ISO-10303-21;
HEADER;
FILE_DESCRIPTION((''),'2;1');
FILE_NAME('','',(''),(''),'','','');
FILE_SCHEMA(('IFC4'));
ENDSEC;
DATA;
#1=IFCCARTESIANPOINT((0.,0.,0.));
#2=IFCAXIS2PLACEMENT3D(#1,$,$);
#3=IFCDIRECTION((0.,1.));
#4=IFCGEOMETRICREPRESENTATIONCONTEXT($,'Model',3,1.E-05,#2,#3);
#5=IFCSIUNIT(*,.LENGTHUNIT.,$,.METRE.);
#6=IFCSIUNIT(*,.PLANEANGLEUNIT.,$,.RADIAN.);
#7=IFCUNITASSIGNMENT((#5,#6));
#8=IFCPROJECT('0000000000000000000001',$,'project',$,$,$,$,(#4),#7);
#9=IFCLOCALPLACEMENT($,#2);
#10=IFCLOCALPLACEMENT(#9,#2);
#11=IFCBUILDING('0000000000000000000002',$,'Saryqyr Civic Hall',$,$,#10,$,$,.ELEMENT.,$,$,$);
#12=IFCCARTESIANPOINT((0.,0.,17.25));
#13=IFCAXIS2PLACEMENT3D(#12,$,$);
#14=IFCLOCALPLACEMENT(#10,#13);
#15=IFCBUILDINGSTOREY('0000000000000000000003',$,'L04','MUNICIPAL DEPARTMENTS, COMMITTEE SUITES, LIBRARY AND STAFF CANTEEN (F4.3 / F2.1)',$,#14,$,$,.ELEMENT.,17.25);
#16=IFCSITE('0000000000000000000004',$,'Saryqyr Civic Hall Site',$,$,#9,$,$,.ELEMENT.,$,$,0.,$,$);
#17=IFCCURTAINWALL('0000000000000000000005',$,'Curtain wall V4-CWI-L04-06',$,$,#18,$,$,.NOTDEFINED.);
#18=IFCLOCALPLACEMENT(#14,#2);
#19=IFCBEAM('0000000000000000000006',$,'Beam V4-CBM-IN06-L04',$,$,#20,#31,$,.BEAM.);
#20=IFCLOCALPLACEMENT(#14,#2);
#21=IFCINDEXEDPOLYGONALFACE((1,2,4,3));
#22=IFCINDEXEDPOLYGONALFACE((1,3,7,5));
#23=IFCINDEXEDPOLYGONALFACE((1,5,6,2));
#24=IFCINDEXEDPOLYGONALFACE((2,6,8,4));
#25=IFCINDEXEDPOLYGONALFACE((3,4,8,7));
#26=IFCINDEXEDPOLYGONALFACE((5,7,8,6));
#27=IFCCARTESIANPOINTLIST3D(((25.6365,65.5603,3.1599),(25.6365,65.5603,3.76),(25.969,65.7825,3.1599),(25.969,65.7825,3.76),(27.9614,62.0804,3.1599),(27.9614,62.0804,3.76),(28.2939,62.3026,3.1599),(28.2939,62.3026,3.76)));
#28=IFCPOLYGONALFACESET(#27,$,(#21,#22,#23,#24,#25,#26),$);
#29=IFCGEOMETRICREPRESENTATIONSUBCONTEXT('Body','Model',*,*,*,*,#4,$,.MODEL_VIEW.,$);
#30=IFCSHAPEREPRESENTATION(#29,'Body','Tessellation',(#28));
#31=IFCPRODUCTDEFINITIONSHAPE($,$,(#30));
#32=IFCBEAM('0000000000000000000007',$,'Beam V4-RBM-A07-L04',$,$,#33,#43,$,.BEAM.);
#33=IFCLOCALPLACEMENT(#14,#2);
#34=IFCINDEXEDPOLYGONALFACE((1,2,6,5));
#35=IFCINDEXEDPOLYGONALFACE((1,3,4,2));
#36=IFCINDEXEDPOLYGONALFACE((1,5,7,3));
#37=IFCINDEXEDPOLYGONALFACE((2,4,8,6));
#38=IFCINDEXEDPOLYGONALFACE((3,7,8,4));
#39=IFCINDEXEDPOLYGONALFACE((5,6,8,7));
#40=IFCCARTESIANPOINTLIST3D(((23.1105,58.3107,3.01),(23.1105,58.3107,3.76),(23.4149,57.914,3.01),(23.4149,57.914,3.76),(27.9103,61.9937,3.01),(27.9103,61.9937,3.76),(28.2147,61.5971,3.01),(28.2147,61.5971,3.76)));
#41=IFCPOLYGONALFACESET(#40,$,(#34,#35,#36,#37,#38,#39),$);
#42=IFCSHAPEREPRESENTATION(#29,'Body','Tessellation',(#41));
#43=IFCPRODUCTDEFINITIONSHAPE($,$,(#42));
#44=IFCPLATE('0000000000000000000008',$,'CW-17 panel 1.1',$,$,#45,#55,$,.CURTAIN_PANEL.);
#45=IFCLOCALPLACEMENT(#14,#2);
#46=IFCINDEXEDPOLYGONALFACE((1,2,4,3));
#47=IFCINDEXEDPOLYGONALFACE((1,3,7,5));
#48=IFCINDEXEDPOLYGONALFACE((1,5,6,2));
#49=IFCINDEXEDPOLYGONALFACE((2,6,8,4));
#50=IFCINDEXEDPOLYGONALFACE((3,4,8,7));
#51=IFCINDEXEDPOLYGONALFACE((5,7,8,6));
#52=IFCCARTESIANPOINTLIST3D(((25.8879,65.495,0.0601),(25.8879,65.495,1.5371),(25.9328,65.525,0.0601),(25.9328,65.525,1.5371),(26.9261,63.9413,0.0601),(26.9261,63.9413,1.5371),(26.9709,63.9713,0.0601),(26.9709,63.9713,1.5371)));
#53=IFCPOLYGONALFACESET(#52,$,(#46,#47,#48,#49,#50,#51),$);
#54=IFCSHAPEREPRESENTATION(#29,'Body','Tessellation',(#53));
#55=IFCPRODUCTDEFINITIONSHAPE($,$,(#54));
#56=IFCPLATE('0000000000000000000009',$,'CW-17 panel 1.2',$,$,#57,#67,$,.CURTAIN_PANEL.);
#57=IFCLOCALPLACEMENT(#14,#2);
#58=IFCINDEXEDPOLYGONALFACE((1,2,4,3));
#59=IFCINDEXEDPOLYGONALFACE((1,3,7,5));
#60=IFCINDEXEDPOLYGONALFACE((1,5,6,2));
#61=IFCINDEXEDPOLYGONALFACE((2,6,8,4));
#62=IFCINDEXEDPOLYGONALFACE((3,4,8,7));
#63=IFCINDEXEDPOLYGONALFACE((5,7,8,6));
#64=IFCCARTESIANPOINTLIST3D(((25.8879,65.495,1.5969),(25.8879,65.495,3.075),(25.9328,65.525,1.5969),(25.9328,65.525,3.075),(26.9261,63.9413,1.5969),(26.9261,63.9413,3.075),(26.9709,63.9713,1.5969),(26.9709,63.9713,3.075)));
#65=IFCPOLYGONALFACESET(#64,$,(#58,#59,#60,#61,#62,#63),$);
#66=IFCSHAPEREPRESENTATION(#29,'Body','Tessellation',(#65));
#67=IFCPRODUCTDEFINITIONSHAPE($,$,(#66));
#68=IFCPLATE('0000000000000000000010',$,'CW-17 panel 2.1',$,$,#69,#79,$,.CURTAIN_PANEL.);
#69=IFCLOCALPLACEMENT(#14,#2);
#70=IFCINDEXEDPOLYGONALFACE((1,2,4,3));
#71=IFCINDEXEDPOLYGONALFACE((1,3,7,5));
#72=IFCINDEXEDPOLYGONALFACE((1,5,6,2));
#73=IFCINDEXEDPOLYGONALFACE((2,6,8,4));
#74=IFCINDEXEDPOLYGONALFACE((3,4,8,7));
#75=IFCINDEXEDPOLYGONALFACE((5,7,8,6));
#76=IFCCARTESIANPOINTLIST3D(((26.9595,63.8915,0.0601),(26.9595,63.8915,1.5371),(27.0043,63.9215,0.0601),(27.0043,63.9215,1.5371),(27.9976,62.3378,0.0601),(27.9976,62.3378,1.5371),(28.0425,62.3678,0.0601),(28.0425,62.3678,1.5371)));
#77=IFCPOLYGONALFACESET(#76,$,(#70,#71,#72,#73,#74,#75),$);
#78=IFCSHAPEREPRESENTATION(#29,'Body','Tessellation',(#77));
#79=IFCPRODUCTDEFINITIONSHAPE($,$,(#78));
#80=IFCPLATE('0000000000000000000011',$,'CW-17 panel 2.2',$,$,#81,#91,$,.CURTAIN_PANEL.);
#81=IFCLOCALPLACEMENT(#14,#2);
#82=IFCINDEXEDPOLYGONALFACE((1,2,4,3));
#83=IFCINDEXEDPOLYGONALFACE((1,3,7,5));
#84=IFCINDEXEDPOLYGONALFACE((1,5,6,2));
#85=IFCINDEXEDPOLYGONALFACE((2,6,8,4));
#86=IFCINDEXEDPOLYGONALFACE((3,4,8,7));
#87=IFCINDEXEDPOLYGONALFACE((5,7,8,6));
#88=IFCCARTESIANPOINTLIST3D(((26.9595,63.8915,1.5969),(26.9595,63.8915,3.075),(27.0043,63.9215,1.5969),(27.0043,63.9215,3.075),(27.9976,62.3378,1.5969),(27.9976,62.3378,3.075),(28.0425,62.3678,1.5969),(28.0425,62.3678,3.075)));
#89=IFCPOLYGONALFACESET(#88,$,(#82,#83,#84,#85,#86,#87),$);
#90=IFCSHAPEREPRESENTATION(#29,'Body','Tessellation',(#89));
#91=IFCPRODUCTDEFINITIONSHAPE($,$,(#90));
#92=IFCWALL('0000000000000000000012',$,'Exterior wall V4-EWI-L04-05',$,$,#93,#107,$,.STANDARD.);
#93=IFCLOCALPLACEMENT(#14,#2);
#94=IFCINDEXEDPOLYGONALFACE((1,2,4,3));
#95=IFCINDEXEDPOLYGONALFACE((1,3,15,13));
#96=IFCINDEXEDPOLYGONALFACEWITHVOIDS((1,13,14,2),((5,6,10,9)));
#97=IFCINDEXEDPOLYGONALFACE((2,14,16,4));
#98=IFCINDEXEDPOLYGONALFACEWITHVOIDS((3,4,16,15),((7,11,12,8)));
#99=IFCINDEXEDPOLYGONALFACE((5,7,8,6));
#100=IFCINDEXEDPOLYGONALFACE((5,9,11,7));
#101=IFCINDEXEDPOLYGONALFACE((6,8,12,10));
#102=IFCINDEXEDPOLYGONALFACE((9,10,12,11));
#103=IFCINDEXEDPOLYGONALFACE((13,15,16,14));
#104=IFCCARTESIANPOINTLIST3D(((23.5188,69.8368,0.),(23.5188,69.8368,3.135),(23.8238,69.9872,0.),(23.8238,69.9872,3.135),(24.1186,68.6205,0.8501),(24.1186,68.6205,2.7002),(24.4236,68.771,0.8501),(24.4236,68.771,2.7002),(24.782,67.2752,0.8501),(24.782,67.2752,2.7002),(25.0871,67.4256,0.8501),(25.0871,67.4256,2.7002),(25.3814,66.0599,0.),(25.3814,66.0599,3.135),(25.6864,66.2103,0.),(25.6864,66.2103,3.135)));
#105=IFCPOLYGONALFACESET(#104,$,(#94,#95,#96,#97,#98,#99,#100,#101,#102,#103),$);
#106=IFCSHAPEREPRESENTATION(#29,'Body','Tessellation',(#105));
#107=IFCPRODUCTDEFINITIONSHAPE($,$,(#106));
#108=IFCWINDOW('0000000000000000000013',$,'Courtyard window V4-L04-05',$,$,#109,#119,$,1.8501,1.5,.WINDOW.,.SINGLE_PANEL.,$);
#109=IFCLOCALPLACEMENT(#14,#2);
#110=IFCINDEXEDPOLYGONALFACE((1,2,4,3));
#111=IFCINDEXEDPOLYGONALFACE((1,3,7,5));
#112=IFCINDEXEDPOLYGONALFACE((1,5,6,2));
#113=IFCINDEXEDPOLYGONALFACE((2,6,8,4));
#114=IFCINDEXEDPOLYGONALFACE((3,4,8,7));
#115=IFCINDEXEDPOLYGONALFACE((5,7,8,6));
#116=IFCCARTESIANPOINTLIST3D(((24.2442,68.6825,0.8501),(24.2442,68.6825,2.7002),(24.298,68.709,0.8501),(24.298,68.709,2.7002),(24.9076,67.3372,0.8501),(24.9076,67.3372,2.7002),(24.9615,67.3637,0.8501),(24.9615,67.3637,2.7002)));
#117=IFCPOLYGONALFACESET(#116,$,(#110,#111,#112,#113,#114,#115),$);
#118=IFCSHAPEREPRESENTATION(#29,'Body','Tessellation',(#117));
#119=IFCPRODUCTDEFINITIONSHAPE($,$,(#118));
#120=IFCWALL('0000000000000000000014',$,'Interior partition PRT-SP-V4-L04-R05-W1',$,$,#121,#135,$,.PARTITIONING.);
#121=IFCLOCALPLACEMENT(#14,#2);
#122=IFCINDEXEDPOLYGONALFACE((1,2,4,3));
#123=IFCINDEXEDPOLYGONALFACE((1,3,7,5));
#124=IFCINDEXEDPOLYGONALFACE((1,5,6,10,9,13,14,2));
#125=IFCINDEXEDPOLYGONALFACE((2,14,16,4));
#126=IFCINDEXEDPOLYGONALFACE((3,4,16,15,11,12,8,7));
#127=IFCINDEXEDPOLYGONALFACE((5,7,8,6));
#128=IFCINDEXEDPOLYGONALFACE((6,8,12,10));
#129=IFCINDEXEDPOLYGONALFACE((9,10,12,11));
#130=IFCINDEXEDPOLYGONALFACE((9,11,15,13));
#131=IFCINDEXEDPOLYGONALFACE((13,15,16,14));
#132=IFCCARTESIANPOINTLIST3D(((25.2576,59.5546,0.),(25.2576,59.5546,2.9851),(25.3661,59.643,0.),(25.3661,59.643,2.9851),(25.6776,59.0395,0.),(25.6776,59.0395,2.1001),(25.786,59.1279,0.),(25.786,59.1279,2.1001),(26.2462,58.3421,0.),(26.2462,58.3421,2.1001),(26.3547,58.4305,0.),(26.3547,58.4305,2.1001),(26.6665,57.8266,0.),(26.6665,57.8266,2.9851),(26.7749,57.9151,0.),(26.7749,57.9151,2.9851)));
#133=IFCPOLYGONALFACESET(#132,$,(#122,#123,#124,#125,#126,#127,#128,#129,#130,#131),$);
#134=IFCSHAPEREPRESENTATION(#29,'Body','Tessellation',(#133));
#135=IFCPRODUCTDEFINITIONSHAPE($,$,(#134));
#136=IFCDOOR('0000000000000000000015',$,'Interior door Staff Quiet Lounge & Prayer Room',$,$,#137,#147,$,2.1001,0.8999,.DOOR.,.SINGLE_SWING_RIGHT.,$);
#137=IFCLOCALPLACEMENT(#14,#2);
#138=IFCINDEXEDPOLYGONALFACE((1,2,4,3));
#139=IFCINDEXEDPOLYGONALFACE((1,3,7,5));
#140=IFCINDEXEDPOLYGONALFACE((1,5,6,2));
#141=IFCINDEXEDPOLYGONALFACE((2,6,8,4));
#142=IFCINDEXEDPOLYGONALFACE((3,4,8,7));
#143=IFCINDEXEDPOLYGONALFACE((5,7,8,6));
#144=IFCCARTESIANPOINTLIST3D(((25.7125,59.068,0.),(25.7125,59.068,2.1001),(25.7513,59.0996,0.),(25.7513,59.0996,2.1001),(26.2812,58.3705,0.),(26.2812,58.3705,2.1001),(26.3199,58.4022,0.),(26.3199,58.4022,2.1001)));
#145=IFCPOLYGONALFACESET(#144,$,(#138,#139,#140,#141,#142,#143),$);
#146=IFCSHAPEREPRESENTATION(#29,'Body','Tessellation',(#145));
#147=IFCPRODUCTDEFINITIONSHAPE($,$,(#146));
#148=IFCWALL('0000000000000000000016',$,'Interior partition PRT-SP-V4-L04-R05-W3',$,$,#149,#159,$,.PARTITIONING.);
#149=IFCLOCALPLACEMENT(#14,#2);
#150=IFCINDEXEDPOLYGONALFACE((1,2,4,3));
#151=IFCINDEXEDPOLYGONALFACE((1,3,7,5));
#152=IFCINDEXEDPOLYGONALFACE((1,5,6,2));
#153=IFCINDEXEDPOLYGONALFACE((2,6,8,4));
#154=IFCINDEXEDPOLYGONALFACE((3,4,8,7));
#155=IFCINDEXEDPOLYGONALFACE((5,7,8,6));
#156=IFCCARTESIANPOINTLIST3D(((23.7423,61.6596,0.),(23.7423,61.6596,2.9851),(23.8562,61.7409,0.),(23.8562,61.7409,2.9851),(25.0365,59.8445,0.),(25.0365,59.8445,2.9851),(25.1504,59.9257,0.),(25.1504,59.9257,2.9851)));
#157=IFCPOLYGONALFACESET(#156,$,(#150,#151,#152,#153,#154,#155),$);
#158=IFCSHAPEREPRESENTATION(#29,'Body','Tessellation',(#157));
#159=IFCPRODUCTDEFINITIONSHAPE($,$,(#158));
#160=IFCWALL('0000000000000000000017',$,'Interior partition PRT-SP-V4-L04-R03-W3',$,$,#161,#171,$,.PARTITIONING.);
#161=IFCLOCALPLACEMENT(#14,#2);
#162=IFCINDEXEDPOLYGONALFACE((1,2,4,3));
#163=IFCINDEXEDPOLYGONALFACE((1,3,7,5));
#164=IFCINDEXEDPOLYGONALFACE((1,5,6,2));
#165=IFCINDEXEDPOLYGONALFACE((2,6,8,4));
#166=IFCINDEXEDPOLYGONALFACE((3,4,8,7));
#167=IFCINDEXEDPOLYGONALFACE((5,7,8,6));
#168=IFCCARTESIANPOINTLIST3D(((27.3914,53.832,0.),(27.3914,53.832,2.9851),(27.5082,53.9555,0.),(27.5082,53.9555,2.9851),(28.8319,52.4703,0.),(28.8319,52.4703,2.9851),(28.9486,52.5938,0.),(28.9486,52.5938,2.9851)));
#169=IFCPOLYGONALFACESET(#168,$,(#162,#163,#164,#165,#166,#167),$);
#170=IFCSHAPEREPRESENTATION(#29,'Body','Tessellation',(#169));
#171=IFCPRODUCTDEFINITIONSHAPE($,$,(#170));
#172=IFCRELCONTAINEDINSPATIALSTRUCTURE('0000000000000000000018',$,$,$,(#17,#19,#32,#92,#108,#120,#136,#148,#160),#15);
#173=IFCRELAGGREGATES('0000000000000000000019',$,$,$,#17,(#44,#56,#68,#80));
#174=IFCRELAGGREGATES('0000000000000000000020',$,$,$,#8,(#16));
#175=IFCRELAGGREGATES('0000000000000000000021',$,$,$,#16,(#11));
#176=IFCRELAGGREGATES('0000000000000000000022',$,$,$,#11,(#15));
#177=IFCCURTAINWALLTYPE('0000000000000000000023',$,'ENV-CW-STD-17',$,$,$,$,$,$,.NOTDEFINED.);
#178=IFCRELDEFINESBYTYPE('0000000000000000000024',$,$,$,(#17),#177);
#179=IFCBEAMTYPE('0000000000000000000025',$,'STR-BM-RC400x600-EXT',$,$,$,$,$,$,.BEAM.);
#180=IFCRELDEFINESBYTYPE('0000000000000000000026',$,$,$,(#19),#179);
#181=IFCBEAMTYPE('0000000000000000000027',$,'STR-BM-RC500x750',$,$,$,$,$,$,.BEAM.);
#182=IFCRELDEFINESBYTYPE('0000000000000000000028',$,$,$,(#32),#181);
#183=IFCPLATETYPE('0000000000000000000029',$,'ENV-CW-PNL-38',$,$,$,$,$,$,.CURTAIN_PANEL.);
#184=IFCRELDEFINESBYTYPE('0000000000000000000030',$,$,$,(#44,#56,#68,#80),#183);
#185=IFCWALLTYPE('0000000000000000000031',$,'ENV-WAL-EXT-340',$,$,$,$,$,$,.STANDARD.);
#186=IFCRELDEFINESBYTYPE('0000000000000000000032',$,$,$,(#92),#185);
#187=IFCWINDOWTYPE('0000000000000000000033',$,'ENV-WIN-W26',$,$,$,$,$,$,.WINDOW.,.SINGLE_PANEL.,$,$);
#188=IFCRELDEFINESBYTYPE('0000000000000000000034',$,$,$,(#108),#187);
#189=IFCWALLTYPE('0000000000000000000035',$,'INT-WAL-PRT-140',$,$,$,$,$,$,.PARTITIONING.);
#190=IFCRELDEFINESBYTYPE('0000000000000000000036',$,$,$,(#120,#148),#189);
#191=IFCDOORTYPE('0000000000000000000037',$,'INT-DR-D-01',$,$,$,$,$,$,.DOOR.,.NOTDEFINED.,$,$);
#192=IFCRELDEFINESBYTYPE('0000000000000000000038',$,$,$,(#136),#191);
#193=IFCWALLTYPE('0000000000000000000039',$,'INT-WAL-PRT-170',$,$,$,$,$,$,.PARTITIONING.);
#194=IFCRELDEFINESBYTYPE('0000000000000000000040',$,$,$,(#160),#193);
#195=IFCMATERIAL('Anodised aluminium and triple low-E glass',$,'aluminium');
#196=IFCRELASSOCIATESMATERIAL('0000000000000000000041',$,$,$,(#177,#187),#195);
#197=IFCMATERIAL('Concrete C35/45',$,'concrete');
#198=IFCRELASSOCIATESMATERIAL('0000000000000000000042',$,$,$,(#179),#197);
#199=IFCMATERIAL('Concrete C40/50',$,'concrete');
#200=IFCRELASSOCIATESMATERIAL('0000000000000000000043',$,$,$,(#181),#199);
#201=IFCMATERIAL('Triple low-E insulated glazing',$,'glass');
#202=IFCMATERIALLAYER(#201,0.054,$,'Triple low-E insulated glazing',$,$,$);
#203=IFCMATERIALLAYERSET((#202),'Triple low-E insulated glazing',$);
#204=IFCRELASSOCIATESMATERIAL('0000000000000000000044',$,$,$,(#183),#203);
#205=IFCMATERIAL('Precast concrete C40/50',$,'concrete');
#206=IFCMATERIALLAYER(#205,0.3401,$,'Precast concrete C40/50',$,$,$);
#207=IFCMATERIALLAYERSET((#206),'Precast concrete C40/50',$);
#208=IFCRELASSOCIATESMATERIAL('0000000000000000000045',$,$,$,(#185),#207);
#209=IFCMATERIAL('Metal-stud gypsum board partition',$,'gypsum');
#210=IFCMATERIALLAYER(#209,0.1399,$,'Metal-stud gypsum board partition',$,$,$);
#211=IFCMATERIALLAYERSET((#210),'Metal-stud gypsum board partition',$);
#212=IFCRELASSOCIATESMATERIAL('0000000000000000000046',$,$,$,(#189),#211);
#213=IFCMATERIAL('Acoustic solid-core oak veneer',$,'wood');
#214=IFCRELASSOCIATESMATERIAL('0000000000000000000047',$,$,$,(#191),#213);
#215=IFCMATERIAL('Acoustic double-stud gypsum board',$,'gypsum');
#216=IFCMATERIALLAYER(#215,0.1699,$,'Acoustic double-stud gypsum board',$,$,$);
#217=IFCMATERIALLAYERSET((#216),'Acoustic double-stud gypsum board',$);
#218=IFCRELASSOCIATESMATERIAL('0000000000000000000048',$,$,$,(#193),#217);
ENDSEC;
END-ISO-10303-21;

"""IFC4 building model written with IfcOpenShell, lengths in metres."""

from ifc_helpers import new_model, si_unit, direction, frame, frame_2d, origin, origin_2d, place, context, subcontext, project, spatial, rectangle, extrude, material, layer, layer_set, material_profile, profile_set, type_object, element, fill, aggregate, save


model = new_model("IFC4")

# Units and contexts
model_context = context("Model", 3, precision=1e-05, world=origin(), true_north=direction((0.0, 1.0)))
body_context = subcontext(model_context, "Body", "Model", "MODEL_VIEW")
ifc_project = project(units=[si_unit("LENGTHUNIT", "METRE"), si_unit("PLANEANGLEUNIT", "RADIAN")], contexts=[model_context])

# Site, building, storey
site_placement = place(None, origin())
site = spatial("IfcSite", under=ifc_project, at=site_placement, Name="Saryqyr Civic Hall Site", CompositionType="ELEMENT", RefElevation=0.0)
building_placement = place(site_placement, origin())
building = spatial("IfcBuilding", under=site, at=building_placement, Name="Saryqyr Civic Hall", CompositionType="ELEMENT")
storey_placement = place(building_placement, frame((0.0, 0.0, 17.25)))
storey = spatial("IfcBuildingStorey", under=building, at=storey_placement, Name="L04", Description="MUNICIPAL DEPARTMENTS, COMMITTEE SUITES, LIBRARY AND STAFF CANTEEN (F4.3 / F2.1)", CompositionType="ELEMENT", Elevation=17.25)

# Shared definitions
ifc_material_1 = material(Name="Concrete C40/50", Category="concrete")

# Curtain wall
ifc_material_2 = material(Name="Anodised aluminium and triple low-E glass", Category="aluminium")
curtain_wall_type = type_object("IfcCurtainWallType", Name="ENV-CW-STD-17", PredefinedType="NOTDEFINED", material=ifc_material_2)
curtain_wall_placement = place(storey_placement, origin())
curtain_wall = element("IfcCurtainWall", 1, at=curtain_wall_placement, inside=storey, type_object=curtain_wall_type, Name="Curtain wall V4-CWI-L04-06", PredefinedType="NOTDEFINED")

# Beams
ifc_material_3 = material(Name="Concrete C35/45", Category="concrete")
ifc_material_profile_1 = material_profile(ifc_material_3, rectangle(XDim=0.3999, YDim=0.6001, at=origin_2d()), Name="RC 400x600")
ifc_profile_set_1 = profile_set([ifc_material_profile_1], Name="Concrete C35/45")
beam_type_1 = type_object("IfcBeamType", Name="STR-BM-RC400x600-EXT", PredefinedType="BEAM", material=ifc_profile_set_1)
beam_1_placement = place(storey_placement, frame((25.8027, 65.6714, 3.46), z_axis=(0.555521, -0.831502, 0.0), x_axis=(0.831502, 0.555521, 0.0)))
element("IfcBeam", 2, at=beam_1_placement, inside=storey, type_object=beam_type_1, Name="Beam V4-CBM-IN06-L04", PredefinedType="BEAM", context=body_context, shape_type="SweptSolid", body=[
    extrude(rectangle(XDim=0.3999, YDim=0.6001, at=origin_2d()), origin(), (0.0, 0.0, 1.0), 4.1851),
])
ifc_material_profile_2 = material_profile(ifc_material_1, rectangle(XDim=0.5, YDim=0.75, at=origin_2d()), Name="RC 500x750")
ifc_profile_set_2 = profile_set([ifc_material_profile_2], Name="Concrete C40/50")
beam_type_2 = type_object("IfcBeamType", Name="STR-BM-RC500x750", PredefinedType="BEAM", material=ifc_profile_set_2)
beam_2_placement = place(storey_placement, frame((28.0625, 61.7954, 3.385), z_axis=(-0.793346, -0.60877, 0.0), x_axis=(0.60877, -0.793346, 0.0)))
element("IfcBeam", 3, at=beam_2_placement, inside=storey, type_object=beam_type_2, Name="Beam V4-RBM-A07-L04", PredefinedType="BEAM", context=body_context, shape_type="SweptSolid", body=[
    extrude(rectangle(XDim=0.5, YDim=0.75, at=origin_2d()), origin(), (0.0, 0.0, 1.0), 6.05),
])

# Plates
ifc_material_4 = material(Name="Triple low-E insulated glazing", Category="glass")
ifc_layer_1 = layer(ifc_material_4, 0.054, Name="Triple low-E insulated glazing")
ifc_layer_set_1 = layer_set([ifc_layer_1], Name="Triple low-E insulated glazing")
plate_type = type_object("IfcPlateType", Name="ENV-CW-PNL-38", PredefinedType="CURTAIN_PANEL", material=ifc_layer_set_1)
plate_1_placement = place(storey_placement, frame((26.4294, 64.7332, 0.0601), z_axis=(0.0, 0.0, 1.0), x_axis=(0.555554, -0.83148, 0.0)))
plate_1 = element("IfcPlate", 4, at=plate_1_placement, type_object=plate_type, Name="CW-17 panel 1.1", PredefinedType="CURTAIN_PANEL", context=body_context, shape_type="SweptSolid", body=[
    extrude(rectangle(XDim=1.8687, YDim=0.054, at=origin_2d()), origin(), (0.0, 0.0, 1.0), 1.4771),
])
plate_2_placement = place(storey_placement, frame((26.4294, 64.7332, 1.5969), z_axis=(0.0, 0.0, 1.0), x_axis=(0.555554, -0.83148, 0.0)))
plate_2 = element("IfcPlate", 5, at=plate_2_placement, type_object=plate_type, Name="CW-17 panel 1.2", PredefinedType="CURTAIN_PANEL", context=body_context, shape_type="SweptSolid", body=[
    extrude(rectangle(XDim=1.8687, YDim=0.054, at=origin_2d()), origin(), (0.0, 0.0, 1.0), 1.478),
])
plate_3_placement = place(storey_placement, frame((27.501, 63.1296, 0.0601), z_axis=(0.0, 0.0, 1.0), x_axis=(0.555554, -0.83148, 0.0)))
plate_3 = element("IfcPlate", 6, at=plate_3_placement, type_object=plate_type, Name="CW-17 panel 2.1", PredefinedType="CURTAIN_PANEL", context=body_context, shape_type="SweptSolid", body=[
    extrude(rectangle(XDim=1.8687, YDim=0.054, at=origin_2d()), origin(), (0.0, 0.0, 1.0), 1.4771),
])
plate_4_placement = place(storey_placement, frame((27.501, 63.1296, 1.5969), z_axis=(0.0, 0.0, 1.0), x_axis=(0.555554, -0.83148, 0.0)))
plate_4 = element("IfcPlate", 7, at=plate_4_placement, type_object=plate_type, Name="CW-17 panel 2.2", PredefinedType="CURTAIN_PANEL", context=body_context, shape_type="SweptSolid", body=[
    extrude(rectangle(XDim=1.8687, YDim=0.054, at=origin_2d()), origin(), (0.0, 0.0, 1.0), 1.478),
])
aggregate(curtain_wall, [plate_1, plate_2, plate_3, plate_4])

# Wall, opening, window
ifc_material_5 = material(Name="Precast concrete C40/50", Category="concrete")
ifc_layer_2 = layer(ifc_material_5, 0.3401, Name="Precast concrete C40/50")
ifc_layer_set_2 = layer_set([ifc_layer_2], Name="Precast concrete C40/50")
wall_type_1 = type_object("IfcWallType", Name="ENV-WAL-EXT-340", PredefinedType="STANDARD", material=ifc_layer_set_2)
wall_1_placement = place(storey_placement, frame((23.6714, 69.9119, 0.0), z_axis=(0.0, 0.0, 1.0), x_axis=(0.442291, -0.896872, 0.0)))
wall_1 = element("IfcWall", 8, at=wall_1_placement, inside=storey, type_object=wall_type_1, Name="Exterior wall V4-EWI-L04-05", PredefinedType="STANDARD", context=body_context, shape_type="SweptSolid", body=[
    extrude(rectangle(XDim=4.2112, YDim=0.3401, at=frame_2d((2.1055, 0.0))), origin(), (0.0, 0.0, 1.0), 3.135),
])
opening_1_placement = place(wall_1_placement, frame((1.356, 0.0, 0.8501)))
opening_1 = element("IfcOpeningElement", 9, at=opening_1_placement, cuts=wall_1, PredefinedType="OPENING", context=body_context, shape_type="SweptSolid", body=[
    extrude(rectangle(XDim=1.5, YDim=1.8501, at=frame_2d((0.75, 0.925))), frame((0.0, 0.1799, 0.0), z_axis=(0.0, -1.0, 0.0), x_axis=(1.0, 0.0, 0.0)), (0.0, 0.0, 1.0), 0.3601),
])
window_type = type_object("IfcWindowType", Name="ENV-WIN-W26", PartitioningType="SINGLE_PANEL", PredefinedType="WINDOW", material=ifc_material_2)
window_placement = place(opening_1_placement, origin())
window = element("IfcWindow", 10, at=window_placement, inside=storey, type_object=window_type, Name="Courtyard window V4-L04-05", OverallHeight=1.8501, OverallWidth=1.5, PartitioningType="SINGLE_PANEL", PredefinedType="WINDOW", context=body_context, shape_type="SweptSolid", body=[
    extrude(rectangle(XDim=1.5, YDim=1.8501, at=frame_2d((0.75, 0.925))), frame((0.0, 0.03, 0.0), z_axis=(0.0, -1.0, 0.0), x_axis=(1.0, 0.0, 0.0)), (0.0, 0.0, 1.0), 0.0601),
])
fill(opening_1, window)

# Wall, opening, door
ifc_material_6 = material(Name="Metal-stud gypsum board partition", Category="gypsum")
ifc_layer_3 = layer(ifc_material_6, 0.1399, Name="Metal-stud gypsum board partition")
ifc_layer_set_3 = layer_set([ifc_layer_3], Name="Metal-stud gypsum board partition")
wall_type_2 = type_object("IfcWallType", Name="INT-WAL-PRT-140", PredefinedType="PARTITIONING", material=ifc_layer_set_3)
wall_2_placement = place(storey_placement, frame((26.7207, 57.8708, 0.0), z_axis=(0.0, 0.0, 1.0), x_axis=(-0.631919, 0.775034, 0.0)))
wall_2 = element("IfcWall", 11, at=wall_2_placement, inside=storey, type_object=wall_type_2, Name="Interior partition PRT-SP-V4-L04-R05-W1", PredefinedType="PARTITIONING", context=body_context, shape_type="SweptSolid", body=[
    extrude(rectangle(XDim=2.2295, YDim=0.1399, at=frame_2d((1.1147, 0.0))), origin(), (0.0, 0.0, 1.0), 2.9851),
])
opening_2_placement = place(wall_2_placement, frame((0.665, 0.0, 0.0)))
opening_2 = element("IfcOpeningElement", 12, at=opening_2_placement, cuts=wall_2, PredefinedType="OPENING", context=body_context, shape_type="SweptSolid", body=[
    extrude(rectangle(XDim=0.8999, YDim=2.1001, at=frame_2d((0.45, 1.05))), frame((0.0, 0.0798, 0.0), z_axis=(0.0, -1.0, 0.0), x_axis=(1.0, 0.0, 0.0)), (0.0, 0.0, 1.0), 0.1599),
])
ifc_material_7 = material(Name="Acoustic solid-core oak veneer", Category="wood")
door_type = type_object("IfcDoorType", Name="INT-DR-D-01", OperationType="NOTDEFINED", PredefinedType="DOOR", material=ifc_material_7)
door_placement = place(opening_2_placement, origin())
door = element("IfcDoor", 13, at=door_placement, inside=storey, type_object=door_type, Name="Interior door Staff Quiet Lounge & Prayer Room", OperationType="SINGLE_SWING_RIGHT", OverallHeight=2.1001, OverallWidth=0.8999, PredefinedType="DOOR", context=body_context, shape_type="SweptSolid", body=[
    extrude(rectangle(XDim=0.8999, YDim=2.1001, at=frame_2d((0.45, 1.05))), frame((0.0, 0.0249, 0.0), z_axis=(0.0, -1.0, 0.0), x_axis=(1.0, 0.0, 0.0)), (0.0, 0.0, 1.0), 0.05),
])
fill(opening_2, door)

# Walls
wall_3_placement = place(storey_placement, frame((25.0935, 59.885, 0.0), z_axis=(0.0, 0.0, 1.0), x_axis=(-0.580534, 0.814236, 0.0)))
element("IfcWall", 14, at=wall_3_placement, inside=storey, type_object=wall_type_2, Name="Interior partition PRT-SP-V4-L04-R05-W3", PredefinedType="PARTITIONING", context=body_context, shape_type="SweptSolid", body=[
    extrude(rectangle(XDim=2.2292, YDim=0.1399, at=frame_2d((1.1147, 0.0))), origin(), (0.0, 0.0, 1.0), 2.9851),
])
ifc_material_8 = material(Name="Acoustic double-stud gypsum board", Category="gypsum")
ifc_layer_4 = layer(ifc_material_8, 0.1699, Name="Acoustic double-stud gypsum board")
ifc_layer_set_4 = layer_set([ifc_layer_4], Name="Acoustic double-stud gypsum board")
wall_type_3 = type_object("IfcWallType", Name="INT-WAL-PRT-170", PredefinedType="PARTITIONING", material=ifc_layer_set_4)
wall_4_placement = place(storey_placement, frame((27.4497, 53.8938, 0.0), z_axis=(0.0, 0.0, 1.0), x_axis=(0.726719, -0.686935, 0.0)))
element("IfcWall", 15, at=wall_4_placement, inside=storey, type_object=wall_type_3, Name="Interior partition PRT-SP-V4-L04-R03-W3", PredefinedType="PARTITIONING", context=body_context, shape_type="SweptSolid", body=[
    extrude(rectangle(XDim=1.9822, YDim=0.1699, at=frame_2d((0.9912, 0.0))), origin(), (0.0, 0.0, 1.0), 2.9851),
])

save(model, "model.ifc")
